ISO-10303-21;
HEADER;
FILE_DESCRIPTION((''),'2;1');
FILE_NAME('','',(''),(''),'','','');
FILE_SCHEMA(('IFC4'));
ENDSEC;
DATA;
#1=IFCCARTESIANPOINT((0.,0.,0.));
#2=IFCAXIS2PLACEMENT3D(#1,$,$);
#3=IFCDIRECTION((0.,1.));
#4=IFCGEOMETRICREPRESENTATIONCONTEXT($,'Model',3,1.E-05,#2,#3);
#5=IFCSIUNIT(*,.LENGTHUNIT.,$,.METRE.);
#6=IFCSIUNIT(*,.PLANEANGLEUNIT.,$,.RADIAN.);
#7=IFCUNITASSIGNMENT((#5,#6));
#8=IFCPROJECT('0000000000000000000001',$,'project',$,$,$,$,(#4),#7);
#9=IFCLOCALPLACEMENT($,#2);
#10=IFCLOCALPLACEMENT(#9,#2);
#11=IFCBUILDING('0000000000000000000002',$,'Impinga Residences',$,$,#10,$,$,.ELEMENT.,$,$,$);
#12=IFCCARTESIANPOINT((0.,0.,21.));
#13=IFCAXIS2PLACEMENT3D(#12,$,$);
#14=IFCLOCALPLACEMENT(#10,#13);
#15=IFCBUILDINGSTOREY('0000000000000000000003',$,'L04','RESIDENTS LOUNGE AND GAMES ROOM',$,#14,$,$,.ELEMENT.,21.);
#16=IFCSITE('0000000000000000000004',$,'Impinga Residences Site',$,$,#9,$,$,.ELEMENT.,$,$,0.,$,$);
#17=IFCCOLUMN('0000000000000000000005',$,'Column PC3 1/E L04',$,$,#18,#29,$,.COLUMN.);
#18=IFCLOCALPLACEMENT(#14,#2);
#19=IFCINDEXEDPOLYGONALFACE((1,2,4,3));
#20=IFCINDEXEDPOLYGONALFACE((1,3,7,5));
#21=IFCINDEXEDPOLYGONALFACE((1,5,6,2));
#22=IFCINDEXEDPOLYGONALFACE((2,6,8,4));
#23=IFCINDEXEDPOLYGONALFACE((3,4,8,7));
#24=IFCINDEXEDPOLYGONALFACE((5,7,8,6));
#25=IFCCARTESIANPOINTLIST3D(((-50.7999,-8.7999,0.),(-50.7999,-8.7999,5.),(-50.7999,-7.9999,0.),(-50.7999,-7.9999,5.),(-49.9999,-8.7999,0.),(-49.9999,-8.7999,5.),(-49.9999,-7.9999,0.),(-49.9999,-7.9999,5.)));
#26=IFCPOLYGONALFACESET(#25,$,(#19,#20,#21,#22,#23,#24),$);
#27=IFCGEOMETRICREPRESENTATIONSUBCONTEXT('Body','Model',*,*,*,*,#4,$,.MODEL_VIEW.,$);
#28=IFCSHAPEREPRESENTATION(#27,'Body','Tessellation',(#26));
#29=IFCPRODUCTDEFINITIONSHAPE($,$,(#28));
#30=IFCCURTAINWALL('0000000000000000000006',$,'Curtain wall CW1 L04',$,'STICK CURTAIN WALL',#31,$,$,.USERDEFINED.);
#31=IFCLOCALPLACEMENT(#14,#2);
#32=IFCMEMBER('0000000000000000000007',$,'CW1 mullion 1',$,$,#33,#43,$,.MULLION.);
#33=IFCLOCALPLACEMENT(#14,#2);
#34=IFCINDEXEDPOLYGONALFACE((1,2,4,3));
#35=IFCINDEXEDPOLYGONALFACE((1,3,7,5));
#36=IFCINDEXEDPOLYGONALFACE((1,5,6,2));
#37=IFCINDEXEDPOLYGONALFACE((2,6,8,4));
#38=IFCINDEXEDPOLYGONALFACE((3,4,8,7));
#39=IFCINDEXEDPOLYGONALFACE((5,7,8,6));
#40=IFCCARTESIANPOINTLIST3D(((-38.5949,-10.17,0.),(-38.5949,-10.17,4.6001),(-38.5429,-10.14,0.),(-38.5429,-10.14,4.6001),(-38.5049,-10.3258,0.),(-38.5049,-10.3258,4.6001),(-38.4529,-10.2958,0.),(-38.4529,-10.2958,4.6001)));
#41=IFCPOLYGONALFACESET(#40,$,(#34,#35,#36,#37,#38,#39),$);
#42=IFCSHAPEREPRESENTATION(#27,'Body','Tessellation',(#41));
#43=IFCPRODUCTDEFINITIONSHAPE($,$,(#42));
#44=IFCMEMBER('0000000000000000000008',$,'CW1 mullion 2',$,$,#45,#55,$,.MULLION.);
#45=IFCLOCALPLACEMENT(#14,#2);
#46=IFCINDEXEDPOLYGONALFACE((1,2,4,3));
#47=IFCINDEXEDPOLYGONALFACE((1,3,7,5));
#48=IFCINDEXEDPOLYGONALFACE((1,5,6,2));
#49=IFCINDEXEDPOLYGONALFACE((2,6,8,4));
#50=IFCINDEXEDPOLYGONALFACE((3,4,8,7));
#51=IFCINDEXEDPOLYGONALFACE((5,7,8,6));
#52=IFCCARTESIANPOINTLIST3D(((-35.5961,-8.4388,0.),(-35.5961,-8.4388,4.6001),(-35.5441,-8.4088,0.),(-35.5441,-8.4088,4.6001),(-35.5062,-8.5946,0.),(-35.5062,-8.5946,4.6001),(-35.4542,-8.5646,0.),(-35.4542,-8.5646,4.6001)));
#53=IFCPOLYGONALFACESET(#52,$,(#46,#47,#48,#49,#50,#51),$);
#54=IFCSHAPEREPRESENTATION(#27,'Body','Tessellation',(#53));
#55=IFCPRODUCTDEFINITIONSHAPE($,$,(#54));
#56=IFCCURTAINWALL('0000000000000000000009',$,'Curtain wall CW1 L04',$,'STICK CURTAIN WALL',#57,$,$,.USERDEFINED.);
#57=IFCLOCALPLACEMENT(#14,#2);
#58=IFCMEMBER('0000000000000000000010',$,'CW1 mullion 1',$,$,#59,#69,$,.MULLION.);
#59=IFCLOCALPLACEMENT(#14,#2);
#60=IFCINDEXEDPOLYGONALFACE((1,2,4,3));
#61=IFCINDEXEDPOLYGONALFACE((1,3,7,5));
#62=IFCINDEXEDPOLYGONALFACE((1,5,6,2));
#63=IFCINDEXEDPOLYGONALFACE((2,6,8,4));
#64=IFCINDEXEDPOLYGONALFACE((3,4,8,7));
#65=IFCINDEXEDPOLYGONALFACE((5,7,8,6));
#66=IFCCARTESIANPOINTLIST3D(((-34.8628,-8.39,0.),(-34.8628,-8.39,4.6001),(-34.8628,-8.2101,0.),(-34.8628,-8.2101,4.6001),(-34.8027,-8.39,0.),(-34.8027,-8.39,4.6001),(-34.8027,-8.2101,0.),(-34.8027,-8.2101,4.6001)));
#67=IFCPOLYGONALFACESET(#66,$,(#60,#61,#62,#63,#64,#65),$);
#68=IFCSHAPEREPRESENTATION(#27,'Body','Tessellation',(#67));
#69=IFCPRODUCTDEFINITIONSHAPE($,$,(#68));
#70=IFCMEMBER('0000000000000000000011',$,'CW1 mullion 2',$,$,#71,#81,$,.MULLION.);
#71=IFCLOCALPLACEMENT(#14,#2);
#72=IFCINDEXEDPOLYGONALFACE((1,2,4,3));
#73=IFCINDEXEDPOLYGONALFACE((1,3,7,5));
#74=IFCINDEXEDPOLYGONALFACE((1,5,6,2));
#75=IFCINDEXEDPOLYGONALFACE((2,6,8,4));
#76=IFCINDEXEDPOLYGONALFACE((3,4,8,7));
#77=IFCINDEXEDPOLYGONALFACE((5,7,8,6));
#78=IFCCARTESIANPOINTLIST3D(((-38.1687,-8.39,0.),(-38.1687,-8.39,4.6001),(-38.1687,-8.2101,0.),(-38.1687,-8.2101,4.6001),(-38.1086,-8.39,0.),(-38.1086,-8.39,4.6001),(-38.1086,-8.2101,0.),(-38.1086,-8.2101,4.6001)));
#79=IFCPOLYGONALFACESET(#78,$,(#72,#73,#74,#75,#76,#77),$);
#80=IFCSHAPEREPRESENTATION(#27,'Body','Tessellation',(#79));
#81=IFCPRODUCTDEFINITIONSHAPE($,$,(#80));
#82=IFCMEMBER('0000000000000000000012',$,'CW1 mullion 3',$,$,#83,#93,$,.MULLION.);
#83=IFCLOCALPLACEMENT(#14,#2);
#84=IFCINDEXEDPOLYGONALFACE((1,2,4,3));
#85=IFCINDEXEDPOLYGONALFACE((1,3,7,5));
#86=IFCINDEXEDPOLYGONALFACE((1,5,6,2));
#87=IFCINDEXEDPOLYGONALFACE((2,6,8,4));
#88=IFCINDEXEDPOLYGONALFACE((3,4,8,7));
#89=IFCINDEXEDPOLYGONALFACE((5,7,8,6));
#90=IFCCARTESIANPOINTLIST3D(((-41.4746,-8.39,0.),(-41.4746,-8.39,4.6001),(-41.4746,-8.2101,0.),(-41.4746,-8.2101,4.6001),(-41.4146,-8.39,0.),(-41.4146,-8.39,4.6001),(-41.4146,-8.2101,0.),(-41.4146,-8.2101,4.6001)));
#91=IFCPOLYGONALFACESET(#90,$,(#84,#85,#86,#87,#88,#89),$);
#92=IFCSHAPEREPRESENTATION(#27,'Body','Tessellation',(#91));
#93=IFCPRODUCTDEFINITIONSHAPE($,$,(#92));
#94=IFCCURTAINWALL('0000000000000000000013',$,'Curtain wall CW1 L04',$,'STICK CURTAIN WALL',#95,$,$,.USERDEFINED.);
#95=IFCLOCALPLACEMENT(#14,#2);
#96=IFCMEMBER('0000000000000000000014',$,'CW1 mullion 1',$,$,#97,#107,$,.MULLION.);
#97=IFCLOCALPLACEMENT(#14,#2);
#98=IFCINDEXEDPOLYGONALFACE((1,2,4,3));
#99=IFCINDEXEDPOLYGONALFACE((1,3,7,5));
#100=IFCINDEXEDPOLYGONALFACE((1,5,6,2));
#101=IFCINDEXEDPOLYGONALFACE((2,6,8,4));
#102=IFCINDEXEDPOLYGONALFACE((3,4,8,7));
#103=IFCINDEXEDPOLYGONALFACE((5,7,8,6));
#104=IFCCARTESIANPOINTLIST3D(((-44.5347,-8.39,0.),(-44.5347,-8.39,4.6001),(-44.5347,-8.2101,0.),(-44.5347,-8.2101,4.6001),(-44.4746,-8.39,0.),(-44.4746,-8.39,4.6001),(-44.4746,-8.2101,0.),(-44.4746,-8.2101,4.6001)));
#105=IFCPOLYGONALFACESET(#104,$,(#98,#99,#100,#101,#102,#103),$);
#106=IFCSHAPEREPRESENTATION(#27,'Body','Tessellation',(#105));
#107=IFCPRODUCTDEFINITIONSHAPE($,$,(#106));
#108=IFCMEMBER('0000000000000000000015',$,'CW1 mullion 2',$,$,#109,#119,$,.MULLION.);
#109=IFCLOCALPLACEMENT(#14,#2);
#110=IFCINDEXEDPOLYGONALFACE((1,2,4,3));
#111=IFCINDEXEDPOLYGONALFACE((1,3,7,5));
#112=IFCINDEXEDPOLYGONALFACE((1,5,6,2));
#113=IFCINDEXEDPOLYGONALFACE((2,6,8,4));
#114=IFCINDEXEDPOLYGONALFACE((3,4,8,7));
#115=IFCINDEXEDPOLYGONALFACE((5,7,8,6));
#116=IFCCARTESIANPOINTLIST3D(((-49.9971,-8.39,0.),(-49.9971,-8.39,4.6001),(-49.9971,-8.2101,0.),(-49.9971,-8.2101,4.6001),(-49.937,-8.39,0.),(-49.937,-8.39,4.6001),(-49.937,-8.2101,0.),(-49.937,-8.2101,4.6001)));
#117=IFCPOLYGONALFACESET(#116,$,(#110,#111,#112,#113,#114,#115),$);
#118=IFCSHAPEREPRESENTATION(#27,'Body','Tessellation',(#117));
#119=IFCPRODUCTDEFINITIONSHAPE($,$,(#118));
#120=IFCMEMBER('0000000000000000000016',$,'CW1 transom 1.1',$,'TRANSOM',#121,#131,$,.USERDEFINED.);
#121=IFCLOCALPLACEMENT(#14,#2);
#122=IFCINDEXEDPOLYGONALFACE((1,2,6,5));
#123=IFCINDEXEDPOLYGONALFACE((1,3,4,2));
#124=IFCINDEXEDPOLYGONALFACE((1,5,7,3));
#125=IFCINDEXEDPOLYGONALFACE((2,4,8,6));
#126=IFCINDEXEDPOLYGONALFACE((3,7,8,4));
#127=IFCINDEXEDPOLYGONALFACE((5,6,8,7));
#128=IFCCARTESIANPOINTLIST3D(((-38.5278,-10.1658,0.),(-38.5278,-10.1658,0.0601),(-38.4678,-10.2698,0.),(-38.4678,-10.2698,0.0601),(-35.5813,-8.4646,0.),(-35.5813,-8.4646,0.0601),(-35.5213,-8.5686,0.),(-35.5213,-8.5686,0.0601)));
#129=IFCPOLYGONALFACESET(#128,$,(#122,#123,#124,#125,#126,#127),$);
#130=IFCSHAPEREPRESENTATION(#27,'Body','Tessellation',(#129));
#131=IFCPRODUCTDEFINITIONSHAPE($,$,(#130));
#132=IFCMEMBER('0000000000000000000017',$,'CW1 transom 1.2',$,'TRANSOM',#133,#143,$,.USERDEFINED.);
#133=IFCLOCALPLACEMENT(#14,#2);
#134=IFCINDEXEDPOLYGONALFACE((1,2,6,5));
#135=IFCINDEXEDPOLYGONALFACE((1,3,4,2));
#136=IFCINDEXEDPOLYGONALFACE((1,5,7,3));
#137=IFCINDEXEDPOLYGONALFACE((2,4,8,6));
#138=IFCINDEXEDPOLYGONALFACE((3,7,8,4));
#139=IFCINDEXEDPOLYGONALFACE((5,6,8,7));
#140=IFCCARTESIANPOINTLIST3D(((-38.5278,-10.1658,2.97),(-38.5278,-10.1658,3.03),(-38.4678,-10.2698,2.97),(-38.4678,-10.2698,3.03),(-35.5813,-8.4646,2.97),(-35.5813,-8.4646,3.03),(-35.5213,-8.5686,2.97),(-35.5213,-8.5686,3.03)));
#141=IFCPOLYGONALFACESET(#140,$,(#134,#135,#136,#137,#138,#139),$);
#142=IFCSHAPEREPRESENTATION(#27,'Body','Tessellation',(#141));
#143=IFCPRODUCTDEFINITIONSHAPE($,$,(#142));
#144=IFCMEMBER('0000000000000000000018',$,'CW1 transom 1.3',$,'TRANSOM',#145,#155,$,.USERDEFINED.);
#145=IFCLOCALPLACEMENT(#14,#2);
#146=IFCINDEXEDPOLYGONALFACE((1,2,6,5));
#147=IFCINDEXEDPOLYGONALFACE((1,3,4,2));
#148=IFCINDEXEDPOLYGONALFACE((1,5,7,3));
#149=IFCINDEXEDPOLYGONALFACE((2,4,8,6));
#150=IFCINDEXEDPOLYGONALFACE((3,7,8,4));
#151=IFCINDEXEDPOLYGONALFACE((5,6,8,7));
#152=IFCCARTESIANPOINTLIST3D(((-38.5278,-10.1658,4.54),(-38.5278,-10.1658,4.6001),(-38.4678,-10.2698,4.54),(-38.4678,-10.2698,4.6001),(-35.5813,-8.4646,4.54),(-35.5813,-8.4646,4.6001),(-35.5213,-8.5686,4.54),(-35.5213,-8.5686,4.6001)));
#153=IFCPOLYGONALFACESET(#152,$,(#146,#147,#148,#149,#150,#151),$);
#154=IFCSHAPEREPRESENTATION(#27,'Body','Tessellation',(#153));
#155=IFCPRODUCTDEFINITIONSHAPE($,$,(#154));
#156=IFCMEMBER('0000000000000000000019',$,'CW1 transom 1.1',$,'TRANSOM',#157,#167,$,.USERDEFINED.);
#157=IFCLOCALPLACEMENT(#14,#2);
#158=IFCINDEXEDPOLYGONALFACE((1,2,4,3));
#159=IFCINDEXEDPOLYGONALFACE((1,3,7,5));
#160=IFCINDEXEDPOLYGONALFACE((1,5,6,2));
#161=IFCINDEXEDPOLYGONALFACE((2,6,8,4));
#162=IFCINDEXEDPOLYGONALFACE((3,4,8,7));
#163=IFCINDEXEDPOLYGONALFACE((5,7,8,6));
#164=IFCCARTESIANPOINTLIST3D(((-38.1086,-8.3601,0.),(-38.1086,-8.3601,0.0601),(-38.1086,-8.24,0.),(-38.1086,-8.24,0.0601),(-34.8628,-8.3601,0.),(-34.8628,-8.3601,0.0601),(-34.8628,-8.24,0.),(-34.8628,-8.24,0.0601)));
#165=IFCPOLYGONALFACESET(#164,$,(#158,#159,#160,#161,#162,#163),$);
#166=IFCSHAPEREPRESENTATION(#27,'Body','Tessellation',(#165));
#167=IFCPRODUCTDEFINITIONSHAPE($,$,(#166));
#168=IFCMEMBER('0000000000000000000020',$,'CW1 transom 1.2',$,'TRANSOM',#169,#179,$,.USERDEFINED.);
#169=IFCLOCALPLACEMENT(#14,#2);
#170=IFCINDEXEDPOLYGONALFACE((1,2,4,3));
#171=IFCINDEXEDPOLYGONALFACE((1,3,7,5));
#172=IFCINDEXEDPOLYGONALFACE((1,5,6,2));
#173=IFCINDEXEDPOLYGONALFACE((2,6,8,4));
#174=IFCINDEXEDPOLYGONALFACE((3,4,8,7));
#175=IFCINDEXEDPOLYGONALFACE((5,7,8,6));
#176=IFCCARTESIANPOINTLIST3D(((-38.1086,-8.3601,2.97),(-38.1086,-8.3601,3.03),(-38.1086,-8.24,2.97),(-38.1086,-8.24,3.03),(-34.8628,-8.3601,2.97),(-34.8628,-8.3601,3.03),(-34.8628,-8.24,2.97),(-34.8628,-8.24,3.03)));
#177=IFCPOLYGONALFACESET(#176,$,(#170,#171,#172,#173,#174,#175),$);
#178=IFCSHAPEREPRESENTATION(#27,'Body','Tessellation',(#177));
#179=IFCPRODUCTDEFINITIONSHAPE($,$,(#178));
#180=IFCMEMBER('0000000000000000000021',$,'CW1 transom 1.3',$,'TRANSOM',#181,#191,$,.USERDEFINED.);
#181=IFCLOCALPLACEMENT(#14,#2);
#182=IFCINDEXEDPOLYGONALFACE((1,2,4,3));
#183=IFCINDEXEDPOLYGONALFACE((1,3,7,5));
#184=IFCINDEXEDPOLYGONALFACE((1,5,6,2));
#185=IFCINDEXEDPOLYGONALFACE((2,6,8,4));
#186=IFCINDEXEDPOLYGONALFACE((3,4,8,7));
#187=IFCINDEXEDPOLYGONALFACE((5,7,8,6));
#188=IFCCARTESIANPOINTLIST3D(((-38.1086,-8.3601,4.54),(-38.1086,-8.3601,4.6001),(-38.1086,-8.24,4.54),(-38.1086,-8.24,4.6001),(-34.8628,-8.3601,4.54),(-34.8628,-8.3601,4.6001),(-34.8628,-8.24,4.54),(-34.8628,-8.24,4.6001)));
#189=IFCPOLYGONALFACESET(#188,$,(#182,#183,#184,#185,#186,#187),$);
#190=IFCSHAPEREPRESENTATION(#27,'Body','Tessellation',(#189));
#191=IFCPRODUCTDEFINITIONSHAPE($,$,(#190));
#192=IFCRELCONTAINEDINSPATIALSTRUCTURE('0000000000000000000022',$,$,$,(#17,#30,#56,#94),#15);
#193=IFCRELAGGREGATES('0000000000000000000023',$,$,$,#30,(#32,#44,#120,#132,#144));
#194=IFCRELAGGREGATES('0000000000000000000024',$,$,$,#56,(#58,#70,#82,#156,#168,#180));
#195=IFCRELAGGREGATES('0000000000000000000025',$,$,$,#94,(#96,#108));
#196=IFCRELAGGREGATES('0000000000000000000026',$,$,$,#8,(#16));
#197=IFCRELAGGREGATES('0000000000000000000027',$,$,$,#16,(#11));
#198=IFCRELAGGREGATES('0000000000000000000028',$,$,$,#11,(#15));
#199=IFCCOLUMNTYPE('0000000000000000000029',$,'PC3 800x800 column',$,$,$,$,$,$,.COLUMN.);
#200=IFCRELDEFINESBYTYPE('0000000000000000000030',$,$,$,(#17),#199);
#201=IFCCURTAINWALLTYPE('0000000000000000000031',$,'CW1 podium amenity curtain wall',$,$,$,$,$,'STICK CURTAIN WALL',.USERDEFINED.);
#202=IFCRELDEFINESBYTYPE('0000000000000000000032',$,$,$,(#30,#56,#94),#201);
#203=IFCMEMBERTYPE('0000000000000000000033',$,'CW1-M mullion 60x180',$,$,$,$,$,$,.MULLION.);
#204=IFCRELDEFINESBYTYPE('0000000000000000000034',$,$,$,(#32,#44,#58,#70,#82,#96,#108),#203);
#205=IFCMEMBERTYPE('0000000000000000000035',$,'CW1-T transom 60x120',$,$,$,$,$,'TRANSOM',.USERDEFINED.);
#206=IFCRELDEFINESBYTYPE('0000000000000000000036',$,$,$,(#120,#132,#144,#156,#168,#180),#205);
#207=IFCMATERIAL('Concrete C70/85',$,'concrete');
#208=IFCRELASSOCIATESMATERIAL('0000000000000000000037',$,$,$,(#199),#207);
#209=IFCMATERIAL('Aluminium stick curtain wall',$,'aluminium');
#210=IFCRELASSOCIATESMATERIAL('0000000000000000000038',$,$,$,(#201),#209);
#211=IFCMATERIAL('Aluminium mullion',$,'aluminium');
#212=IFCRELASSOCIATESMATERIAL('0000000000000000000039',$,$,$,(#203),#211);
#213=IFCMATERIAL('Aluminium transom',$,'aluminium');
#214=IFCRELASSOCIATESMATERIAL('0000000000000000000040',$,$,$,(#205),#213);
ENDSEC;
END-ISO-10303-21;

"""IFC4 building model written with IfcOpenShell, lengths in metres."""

from ifc_helpers import new_model, si_unit, direction, frame, origin, origin_2d, place, context, subcontext, project, spatial, rectangle, extrude, material, material_profile, profile_set, type_object, element, aggregate, save


model = new_model("IFC4")

# Units and contexts
model_context = context("Model", 3, precision=1e-05, world=origin(), true_north=direction((0.0, 1.0)))
body_context = subcontext(model_context, "Body", "Model", "MODEL_VIEW")
ifc_project = project(units=[si_unit("LENGTHUNIT", "METRE"), si_unit("PLANEANGLEUNIT", "RADIAN")], contexts=[model_context])

# Site, building, storey
site_placement = place(None, origin())
site = spatial("IfcSite", under=ifc_project, at=site_placement, Name="Impinga Residences Site", CompositionType="ELEMENT", RefElevation=0.0)
building_placement = place(site_placement, origin())
building = spatial("IfcBuilding", under=site, at=building_placement, Name="Impinga Residences", CompositionType="ELEMENT")
storey_placement = place(building_placement, frame((0.0, 0.0, 21.0)))
storey = spatial("IfcBuildingStorey", under=building, at=storey_placement, Name="L04", Description="RESIDENTS LOUNGE AND GAMES ROOM", CompositionType="ELEMENT", Elevation=21.0)

# Column
ifc_material_1 = material(Name="Concrete C70/85", Category="concrete")
ifc_material_profile_1 = material_profile(ifc_material_1, rectangle(XDim=0.8, YDim=0.8, at=origin_2d()), Name="RC 800x800")
ifc_profile_set_1 = profile_set([ifc_material_profile_1], Name="Concrete C70/85")
column_type = type_object("IfcColumnType", Name="PC3 800x800 column", PredefinedType="COLUMN", material=ifc_profile_set_1)
column_placement = place(storey_placement, frame((-50.3999, -8.3999, 0.0), z_axis=(0.0, 0.0, 1.0), x_axis=(1.0, 0.0, 0.0)))
element("IfcColumn", 1, at=column_placement, inside=storey, type_object=column_type, Name="Column PC3 1/E L04", PredefinedType="COLUMN", context=body_context, shape_type="SweptSolid", body=[
    extrude(rectangle(XDim=0.8, YDim=0.8, at=origin_2d()), origin(), (0.0, 0.0, 1.0), 5.0),
])

# Curtain walls, members
ifc_material_2 = material(Name="Aluminium stick curtain wall", Category="aluminium")
curtain_wall_type = type_object("IfcCurtainWallType", Name="CW1 podium amenity curtain wall", ElementType="STICK CURTAIN WALL", PredefinedType="USERDEFINED", material=ifc_material_2)
curtain_wall_1_placement = place(storey_placement, origin())
curtain_wall_1 = element("IfcCurtainWall", 2, at=curtain_wall_1_placement, inside=storey, type_object=curtain_wall_type, Name="Curtain wall CW1 L04", ObjectType="STICK CURTAIN WALL", PredefinedType="USERDEFINED")
ifc_material_3 = material(Name="Aluminium mullion", Category="aluminium")
ifc_material_profile_2 = material_profile(ifc_material_3, rectangle(XDim=0.0601, YDim=0.1799, at=origin_2d()), Name="60x180 mullion")
ifc_profile_set_2 = profile_set([ifc_material_profile_2], Name="Aluminium mullion")
member_type_1 = type_object("IfcMemberType", Name="CW1-M mullion 60x180", PredefinedType="MULLION", material=ifc_profile_set_2)
member_1_placement = place(storey_placement, frame((-38.5239, -10.2329, 0.0), z_axis=(0.0, 0.0, 1.0), x_axis=(0.866025, 0.5, 0.0)))
member_1 = element("IfcMember", 3, at=member_1_placement, type_object=member_type_1, Name="CW1 mullion 1", PredefinedType="MULLION", context=body_context, shape_type="SweptSolid", body=[
    extrude(rectangle(XDim=0.0601, YDim=0.1799, at=origin_2d()), origin(), (0.0, 0.0, 1.0), 4.6001),
])
member_2_placement = place(storey_placement, frame((-35.5251, -8.5017, 0.0), z_axis=(0.0, 0.0, 1.0), x_axis=(0.866025, 0.5, 0.0)))
member_2 = element("IfcMember", 4, at=member_2_placement, type_object=member_type_1, Name="CW1 mullion 2", PredefinedType="MULLION", context=body_context, shape_type="SweptSolid", body=[
    extrude(rectangle(XDim=0.0601, YDim=0.1799, at=origin_2d()), origin(), (0.0, 0.0, 1.0), 4.6001),
])
curtain_wall_2_placement = place(storey_placement, origin())
curtain_wall_2 = element("IfcCurtainWall", 5, at=curtain_wall_2_placement, inside=storey, type_object=curtain_wall_type, Name="Curtain wall CW1 L04", ObjectType="STICK CURTAIN WALL", PredefinedType="USERDEFINED")
member_3_placement = place(storey_placement, frame((-34.8328, -8.3, 0.0), z_axis=(0.0, 0.0, 1.0), x_axis=(-1.0, 0.0, 0.0)))
member_3 = element("IfcMember", 6, at=member_3_placement, type_object=member_type_1, Name="CW1 mullion 1", PredefinedType="MULLION", context=body_context, shape_type="SweptSolid", body=[
    extrude(rectangle(XDim=0.0601, YDim=0.1799, at=origin_2d()), origin(), (0.0, 0.0, 1.0), 4.6001),
])
member_4_placement = place(storey_placement, frame((-38.1387, -8.3, 0.0), z_axis=(0.0, 0.0, 1.0), x_axis=(-1.0, 0.0, 0.0)))
member_4 = element("IfcMember", 7, at=member_4_placement, type_object=member_type_1, Name="CW1 mullion 2", PredefinedType="MULLION", context=body_context, shape_type="SweptSolid", body=[
    extrude(rectangle(XDim=0.0601, YDim=0.1799, at=origin_2d()), origin(), (0.0, 0.0, 1.0), 4.6001),
])
member_5_placement = place(storey_placement, frame((-41.4446, -8.3, 0.0), z_axis=(0.0, 0.0, 1.0), x_axis=(-1.0, 0.0, 0.0)))
member_5 = element("IfcMember", 8, at=member_5_placement, type_object=member_type_1, Name="CW1 mullion 3", PredefinedType="MULLION", context=body_context, shape_type="SweptSolid", body=[
    extrude(rectangle(XDim=0.0601, YDim=0.1799, at=origin_2d()), origin(), (0.0, 0.0, 1.0), 4.6001),
])
curtain_wall_3_placement = place(storey_placement, origin())
curtain_wall_3 = element("IfcCurtainWall", 9, at=curtain_wall_3_placement, inside=storey, type_object=curtain_wall_type, Name="Curtain wall CW1 L04", ObjectType="STICK CURTAIN WALL", PredefinedType="USERDEFINED")
member_6_placement = place(storey_placement, frame((-44.5046, -8.3, 0.0), z_axis=(0.0, 0.0, 1.0), x_axis=(-1.0, 0.0, 0.0)))
member_6 = element("IfcMember", 10, at=member_6_placement, type_object=member_type_1, Name="CW1 mullion 1", PredefinedType="MULLION", context=body_context, shape_type="SweptSolid", body=[
    extrude(rectangle(XDim=0.0601, YDim=0.1799, at=origin_2d()), origin(), (0.0, 0.0, 1.0), 4.6001),
])
member_7_placement = place(storey_placement, frame((-49.967, -8.3, 0.0), z_axis=(0.0, 0.0, 1.0), x_axis=(-1.0, 0.0, 0.0)))
member_7 = element("IfcMember", 11, at=member_7_placement, type_object=member_type_1, Name="CW1 mullion 2", PredefinedType="MULLION", context=body_context, shape_type="SweptSolid", body=[
    extrude(rectangle(XDim=0.0601, YDim=0.1799, at=origin_2d()), origin(), (0.0, 0.0, 1.0), 4.6001),
])

# Members
ifc_material_4 = material(Name="Aluminium transom", Category="aluminium")
ifc_material_profile_3 = material_profile(ifc_material_4, rectangle(XDim=0.0601, YDim=0.1201, at=origin_2d()), Name="60x120 transom")
ifc_profile_set_3 = profile_set([ifc_material_profile_3], Name="Aluminium transom")
member_type_2 = type_object("IfcMemberType", Name="CW1-T transom 60x120", ElementType="TRANSOM", PredefinedType="USERDEFINED", material=ifc_profile_set_3)
member_8_placement = place(storey_placement, frame((-38.4978, -10.2178, 0.03), z_axis=(0.866027, 0.499998, 0.0), x_axis=(0.0, 0.0, 1.0)))
member_8 = element("IfcMember", 12, at=member_8_placement, type_object=member_type_2, Name="CW1 transom 1.1", ObjectType="TRANSOM", PredefinedType="USERDEFINED", context=body_context, shape_type="SweptSolid", body=[
    extrude(rectangle(XDim=0.0601, YDim=0.1201, at=origin_2d()), origin(), (0.0, 0.0, 1.0), 3.4023),
])
member_9_placement = place(storey_placement, frame((-38.4978, -10.2178, 3.0), z_axis=(0.866027, 0.499998, 0.0), x_axis=(0.0, 0.0, 1.0)))
member_9 = element("IfcMember", 13, at=member_9_placement, type_object=member_type_2, Name="CW1 transom 1.2", ObjectType="TRANSOM", PredefinedType="USERDEFINED", context=body_context, shape_type="SweptSolid", body=[
    extrude(rectangle(XDim=0.0601, YDim=0.1201, at=origin_2d()), origin(), (0.0, 0.0, 1.0), 3.4023),
])
member_10_placement = place(storey_placement, frame((-38.4978, -10.2178, 4.5701), z_axis=(0.866027, 0.499998, 0.0), x_axis=(0.0, 0.0, 1.0)))
member_10 = element("IfcMember", 14, at=member_10_placement, type_object=member_type_2, Name="CW1 transom 1.3", ObjectType="TRANSOM", PredefinedType="USERDEFINED", context=body_context, shape_type="SweptSolid", body=[
    extrude(rectangle(XDim=0.0601, YDim=0.1201, at=origin_2d()), origin(), (0.0, 0.0, 1.0), 3.4023),
])
member_11_placement = place(storey_placement, frame((-34.8628, -8.3, 0.03), z_axis=(-1.0, 0.0, 0.0), x_axis=(0.0, 0.0, 1.0)))
member_11 = element("IfcMember", 15, at=member_11_placement, type_object=member_type_2, Name="CW1 transom 1.1", ObjectType="TRANSOM", PredefinedType="USERDEFINED", context=body_context, shape_type="SweptSolid", body=[
    extrude(rectangle(XDim=0.0601, YDim=0.1201, at=origin_2d()), origin(), (0.0, 0.0, 1.0), 3.2458),
])
member_12_placement = place(storey_placement, frame((-34.8628, -8.3, 3.0), z_axis=(-1.0, 0.0, 0.0), x_axis=(0.0, 0.0, 1.0)))
member_12 = element("IfcMember", 16, at=member_12_placement, type_object=member_type_2, Name="CW1 transom 1.2", ObjectType="TRANSOM", PredefinedType="USERDEFINED", context=body_context, shape_type="SweptSolid", body=[
    extrude(rectangle(XDim=0.0601, YDim=0.1201, at=origin_2d()), origin(), (0.0, 0.0, 1.0), 3.2458),
])
member_13_placement = place(storey_placement, frame((-34.8628, -8.3, 4.5701), z_axis=(-1.0, 0.0, 0.0), x_axis=(0.0, 0.0, 1.0)))
member_13 = element("IfcMember", 17, at=member_13_placement, type_object=member_type_2, Name="CW1 transom 1.3", ObjectType="TRANSOM", PredefinedType="USERDEFINED", context=body_context, shape_type="SweptSolid", body=[
    extrude(rectangle(XDim=0.0601, YDim=0.1201, at=origin_2d()), origin(), (0.0, 0.0, 1.0), 3.2458),
])

aggregate(curtain_wall_1, [member_1, member_2, member_8, member_9, member_10])
aggregate(curtain_wall_2, [member_3, member_4, member_5, member_11, member_12, member_13])
aggregate(curtain_wall_3, [member_6, member_7])

save(model, "model.ifc")
